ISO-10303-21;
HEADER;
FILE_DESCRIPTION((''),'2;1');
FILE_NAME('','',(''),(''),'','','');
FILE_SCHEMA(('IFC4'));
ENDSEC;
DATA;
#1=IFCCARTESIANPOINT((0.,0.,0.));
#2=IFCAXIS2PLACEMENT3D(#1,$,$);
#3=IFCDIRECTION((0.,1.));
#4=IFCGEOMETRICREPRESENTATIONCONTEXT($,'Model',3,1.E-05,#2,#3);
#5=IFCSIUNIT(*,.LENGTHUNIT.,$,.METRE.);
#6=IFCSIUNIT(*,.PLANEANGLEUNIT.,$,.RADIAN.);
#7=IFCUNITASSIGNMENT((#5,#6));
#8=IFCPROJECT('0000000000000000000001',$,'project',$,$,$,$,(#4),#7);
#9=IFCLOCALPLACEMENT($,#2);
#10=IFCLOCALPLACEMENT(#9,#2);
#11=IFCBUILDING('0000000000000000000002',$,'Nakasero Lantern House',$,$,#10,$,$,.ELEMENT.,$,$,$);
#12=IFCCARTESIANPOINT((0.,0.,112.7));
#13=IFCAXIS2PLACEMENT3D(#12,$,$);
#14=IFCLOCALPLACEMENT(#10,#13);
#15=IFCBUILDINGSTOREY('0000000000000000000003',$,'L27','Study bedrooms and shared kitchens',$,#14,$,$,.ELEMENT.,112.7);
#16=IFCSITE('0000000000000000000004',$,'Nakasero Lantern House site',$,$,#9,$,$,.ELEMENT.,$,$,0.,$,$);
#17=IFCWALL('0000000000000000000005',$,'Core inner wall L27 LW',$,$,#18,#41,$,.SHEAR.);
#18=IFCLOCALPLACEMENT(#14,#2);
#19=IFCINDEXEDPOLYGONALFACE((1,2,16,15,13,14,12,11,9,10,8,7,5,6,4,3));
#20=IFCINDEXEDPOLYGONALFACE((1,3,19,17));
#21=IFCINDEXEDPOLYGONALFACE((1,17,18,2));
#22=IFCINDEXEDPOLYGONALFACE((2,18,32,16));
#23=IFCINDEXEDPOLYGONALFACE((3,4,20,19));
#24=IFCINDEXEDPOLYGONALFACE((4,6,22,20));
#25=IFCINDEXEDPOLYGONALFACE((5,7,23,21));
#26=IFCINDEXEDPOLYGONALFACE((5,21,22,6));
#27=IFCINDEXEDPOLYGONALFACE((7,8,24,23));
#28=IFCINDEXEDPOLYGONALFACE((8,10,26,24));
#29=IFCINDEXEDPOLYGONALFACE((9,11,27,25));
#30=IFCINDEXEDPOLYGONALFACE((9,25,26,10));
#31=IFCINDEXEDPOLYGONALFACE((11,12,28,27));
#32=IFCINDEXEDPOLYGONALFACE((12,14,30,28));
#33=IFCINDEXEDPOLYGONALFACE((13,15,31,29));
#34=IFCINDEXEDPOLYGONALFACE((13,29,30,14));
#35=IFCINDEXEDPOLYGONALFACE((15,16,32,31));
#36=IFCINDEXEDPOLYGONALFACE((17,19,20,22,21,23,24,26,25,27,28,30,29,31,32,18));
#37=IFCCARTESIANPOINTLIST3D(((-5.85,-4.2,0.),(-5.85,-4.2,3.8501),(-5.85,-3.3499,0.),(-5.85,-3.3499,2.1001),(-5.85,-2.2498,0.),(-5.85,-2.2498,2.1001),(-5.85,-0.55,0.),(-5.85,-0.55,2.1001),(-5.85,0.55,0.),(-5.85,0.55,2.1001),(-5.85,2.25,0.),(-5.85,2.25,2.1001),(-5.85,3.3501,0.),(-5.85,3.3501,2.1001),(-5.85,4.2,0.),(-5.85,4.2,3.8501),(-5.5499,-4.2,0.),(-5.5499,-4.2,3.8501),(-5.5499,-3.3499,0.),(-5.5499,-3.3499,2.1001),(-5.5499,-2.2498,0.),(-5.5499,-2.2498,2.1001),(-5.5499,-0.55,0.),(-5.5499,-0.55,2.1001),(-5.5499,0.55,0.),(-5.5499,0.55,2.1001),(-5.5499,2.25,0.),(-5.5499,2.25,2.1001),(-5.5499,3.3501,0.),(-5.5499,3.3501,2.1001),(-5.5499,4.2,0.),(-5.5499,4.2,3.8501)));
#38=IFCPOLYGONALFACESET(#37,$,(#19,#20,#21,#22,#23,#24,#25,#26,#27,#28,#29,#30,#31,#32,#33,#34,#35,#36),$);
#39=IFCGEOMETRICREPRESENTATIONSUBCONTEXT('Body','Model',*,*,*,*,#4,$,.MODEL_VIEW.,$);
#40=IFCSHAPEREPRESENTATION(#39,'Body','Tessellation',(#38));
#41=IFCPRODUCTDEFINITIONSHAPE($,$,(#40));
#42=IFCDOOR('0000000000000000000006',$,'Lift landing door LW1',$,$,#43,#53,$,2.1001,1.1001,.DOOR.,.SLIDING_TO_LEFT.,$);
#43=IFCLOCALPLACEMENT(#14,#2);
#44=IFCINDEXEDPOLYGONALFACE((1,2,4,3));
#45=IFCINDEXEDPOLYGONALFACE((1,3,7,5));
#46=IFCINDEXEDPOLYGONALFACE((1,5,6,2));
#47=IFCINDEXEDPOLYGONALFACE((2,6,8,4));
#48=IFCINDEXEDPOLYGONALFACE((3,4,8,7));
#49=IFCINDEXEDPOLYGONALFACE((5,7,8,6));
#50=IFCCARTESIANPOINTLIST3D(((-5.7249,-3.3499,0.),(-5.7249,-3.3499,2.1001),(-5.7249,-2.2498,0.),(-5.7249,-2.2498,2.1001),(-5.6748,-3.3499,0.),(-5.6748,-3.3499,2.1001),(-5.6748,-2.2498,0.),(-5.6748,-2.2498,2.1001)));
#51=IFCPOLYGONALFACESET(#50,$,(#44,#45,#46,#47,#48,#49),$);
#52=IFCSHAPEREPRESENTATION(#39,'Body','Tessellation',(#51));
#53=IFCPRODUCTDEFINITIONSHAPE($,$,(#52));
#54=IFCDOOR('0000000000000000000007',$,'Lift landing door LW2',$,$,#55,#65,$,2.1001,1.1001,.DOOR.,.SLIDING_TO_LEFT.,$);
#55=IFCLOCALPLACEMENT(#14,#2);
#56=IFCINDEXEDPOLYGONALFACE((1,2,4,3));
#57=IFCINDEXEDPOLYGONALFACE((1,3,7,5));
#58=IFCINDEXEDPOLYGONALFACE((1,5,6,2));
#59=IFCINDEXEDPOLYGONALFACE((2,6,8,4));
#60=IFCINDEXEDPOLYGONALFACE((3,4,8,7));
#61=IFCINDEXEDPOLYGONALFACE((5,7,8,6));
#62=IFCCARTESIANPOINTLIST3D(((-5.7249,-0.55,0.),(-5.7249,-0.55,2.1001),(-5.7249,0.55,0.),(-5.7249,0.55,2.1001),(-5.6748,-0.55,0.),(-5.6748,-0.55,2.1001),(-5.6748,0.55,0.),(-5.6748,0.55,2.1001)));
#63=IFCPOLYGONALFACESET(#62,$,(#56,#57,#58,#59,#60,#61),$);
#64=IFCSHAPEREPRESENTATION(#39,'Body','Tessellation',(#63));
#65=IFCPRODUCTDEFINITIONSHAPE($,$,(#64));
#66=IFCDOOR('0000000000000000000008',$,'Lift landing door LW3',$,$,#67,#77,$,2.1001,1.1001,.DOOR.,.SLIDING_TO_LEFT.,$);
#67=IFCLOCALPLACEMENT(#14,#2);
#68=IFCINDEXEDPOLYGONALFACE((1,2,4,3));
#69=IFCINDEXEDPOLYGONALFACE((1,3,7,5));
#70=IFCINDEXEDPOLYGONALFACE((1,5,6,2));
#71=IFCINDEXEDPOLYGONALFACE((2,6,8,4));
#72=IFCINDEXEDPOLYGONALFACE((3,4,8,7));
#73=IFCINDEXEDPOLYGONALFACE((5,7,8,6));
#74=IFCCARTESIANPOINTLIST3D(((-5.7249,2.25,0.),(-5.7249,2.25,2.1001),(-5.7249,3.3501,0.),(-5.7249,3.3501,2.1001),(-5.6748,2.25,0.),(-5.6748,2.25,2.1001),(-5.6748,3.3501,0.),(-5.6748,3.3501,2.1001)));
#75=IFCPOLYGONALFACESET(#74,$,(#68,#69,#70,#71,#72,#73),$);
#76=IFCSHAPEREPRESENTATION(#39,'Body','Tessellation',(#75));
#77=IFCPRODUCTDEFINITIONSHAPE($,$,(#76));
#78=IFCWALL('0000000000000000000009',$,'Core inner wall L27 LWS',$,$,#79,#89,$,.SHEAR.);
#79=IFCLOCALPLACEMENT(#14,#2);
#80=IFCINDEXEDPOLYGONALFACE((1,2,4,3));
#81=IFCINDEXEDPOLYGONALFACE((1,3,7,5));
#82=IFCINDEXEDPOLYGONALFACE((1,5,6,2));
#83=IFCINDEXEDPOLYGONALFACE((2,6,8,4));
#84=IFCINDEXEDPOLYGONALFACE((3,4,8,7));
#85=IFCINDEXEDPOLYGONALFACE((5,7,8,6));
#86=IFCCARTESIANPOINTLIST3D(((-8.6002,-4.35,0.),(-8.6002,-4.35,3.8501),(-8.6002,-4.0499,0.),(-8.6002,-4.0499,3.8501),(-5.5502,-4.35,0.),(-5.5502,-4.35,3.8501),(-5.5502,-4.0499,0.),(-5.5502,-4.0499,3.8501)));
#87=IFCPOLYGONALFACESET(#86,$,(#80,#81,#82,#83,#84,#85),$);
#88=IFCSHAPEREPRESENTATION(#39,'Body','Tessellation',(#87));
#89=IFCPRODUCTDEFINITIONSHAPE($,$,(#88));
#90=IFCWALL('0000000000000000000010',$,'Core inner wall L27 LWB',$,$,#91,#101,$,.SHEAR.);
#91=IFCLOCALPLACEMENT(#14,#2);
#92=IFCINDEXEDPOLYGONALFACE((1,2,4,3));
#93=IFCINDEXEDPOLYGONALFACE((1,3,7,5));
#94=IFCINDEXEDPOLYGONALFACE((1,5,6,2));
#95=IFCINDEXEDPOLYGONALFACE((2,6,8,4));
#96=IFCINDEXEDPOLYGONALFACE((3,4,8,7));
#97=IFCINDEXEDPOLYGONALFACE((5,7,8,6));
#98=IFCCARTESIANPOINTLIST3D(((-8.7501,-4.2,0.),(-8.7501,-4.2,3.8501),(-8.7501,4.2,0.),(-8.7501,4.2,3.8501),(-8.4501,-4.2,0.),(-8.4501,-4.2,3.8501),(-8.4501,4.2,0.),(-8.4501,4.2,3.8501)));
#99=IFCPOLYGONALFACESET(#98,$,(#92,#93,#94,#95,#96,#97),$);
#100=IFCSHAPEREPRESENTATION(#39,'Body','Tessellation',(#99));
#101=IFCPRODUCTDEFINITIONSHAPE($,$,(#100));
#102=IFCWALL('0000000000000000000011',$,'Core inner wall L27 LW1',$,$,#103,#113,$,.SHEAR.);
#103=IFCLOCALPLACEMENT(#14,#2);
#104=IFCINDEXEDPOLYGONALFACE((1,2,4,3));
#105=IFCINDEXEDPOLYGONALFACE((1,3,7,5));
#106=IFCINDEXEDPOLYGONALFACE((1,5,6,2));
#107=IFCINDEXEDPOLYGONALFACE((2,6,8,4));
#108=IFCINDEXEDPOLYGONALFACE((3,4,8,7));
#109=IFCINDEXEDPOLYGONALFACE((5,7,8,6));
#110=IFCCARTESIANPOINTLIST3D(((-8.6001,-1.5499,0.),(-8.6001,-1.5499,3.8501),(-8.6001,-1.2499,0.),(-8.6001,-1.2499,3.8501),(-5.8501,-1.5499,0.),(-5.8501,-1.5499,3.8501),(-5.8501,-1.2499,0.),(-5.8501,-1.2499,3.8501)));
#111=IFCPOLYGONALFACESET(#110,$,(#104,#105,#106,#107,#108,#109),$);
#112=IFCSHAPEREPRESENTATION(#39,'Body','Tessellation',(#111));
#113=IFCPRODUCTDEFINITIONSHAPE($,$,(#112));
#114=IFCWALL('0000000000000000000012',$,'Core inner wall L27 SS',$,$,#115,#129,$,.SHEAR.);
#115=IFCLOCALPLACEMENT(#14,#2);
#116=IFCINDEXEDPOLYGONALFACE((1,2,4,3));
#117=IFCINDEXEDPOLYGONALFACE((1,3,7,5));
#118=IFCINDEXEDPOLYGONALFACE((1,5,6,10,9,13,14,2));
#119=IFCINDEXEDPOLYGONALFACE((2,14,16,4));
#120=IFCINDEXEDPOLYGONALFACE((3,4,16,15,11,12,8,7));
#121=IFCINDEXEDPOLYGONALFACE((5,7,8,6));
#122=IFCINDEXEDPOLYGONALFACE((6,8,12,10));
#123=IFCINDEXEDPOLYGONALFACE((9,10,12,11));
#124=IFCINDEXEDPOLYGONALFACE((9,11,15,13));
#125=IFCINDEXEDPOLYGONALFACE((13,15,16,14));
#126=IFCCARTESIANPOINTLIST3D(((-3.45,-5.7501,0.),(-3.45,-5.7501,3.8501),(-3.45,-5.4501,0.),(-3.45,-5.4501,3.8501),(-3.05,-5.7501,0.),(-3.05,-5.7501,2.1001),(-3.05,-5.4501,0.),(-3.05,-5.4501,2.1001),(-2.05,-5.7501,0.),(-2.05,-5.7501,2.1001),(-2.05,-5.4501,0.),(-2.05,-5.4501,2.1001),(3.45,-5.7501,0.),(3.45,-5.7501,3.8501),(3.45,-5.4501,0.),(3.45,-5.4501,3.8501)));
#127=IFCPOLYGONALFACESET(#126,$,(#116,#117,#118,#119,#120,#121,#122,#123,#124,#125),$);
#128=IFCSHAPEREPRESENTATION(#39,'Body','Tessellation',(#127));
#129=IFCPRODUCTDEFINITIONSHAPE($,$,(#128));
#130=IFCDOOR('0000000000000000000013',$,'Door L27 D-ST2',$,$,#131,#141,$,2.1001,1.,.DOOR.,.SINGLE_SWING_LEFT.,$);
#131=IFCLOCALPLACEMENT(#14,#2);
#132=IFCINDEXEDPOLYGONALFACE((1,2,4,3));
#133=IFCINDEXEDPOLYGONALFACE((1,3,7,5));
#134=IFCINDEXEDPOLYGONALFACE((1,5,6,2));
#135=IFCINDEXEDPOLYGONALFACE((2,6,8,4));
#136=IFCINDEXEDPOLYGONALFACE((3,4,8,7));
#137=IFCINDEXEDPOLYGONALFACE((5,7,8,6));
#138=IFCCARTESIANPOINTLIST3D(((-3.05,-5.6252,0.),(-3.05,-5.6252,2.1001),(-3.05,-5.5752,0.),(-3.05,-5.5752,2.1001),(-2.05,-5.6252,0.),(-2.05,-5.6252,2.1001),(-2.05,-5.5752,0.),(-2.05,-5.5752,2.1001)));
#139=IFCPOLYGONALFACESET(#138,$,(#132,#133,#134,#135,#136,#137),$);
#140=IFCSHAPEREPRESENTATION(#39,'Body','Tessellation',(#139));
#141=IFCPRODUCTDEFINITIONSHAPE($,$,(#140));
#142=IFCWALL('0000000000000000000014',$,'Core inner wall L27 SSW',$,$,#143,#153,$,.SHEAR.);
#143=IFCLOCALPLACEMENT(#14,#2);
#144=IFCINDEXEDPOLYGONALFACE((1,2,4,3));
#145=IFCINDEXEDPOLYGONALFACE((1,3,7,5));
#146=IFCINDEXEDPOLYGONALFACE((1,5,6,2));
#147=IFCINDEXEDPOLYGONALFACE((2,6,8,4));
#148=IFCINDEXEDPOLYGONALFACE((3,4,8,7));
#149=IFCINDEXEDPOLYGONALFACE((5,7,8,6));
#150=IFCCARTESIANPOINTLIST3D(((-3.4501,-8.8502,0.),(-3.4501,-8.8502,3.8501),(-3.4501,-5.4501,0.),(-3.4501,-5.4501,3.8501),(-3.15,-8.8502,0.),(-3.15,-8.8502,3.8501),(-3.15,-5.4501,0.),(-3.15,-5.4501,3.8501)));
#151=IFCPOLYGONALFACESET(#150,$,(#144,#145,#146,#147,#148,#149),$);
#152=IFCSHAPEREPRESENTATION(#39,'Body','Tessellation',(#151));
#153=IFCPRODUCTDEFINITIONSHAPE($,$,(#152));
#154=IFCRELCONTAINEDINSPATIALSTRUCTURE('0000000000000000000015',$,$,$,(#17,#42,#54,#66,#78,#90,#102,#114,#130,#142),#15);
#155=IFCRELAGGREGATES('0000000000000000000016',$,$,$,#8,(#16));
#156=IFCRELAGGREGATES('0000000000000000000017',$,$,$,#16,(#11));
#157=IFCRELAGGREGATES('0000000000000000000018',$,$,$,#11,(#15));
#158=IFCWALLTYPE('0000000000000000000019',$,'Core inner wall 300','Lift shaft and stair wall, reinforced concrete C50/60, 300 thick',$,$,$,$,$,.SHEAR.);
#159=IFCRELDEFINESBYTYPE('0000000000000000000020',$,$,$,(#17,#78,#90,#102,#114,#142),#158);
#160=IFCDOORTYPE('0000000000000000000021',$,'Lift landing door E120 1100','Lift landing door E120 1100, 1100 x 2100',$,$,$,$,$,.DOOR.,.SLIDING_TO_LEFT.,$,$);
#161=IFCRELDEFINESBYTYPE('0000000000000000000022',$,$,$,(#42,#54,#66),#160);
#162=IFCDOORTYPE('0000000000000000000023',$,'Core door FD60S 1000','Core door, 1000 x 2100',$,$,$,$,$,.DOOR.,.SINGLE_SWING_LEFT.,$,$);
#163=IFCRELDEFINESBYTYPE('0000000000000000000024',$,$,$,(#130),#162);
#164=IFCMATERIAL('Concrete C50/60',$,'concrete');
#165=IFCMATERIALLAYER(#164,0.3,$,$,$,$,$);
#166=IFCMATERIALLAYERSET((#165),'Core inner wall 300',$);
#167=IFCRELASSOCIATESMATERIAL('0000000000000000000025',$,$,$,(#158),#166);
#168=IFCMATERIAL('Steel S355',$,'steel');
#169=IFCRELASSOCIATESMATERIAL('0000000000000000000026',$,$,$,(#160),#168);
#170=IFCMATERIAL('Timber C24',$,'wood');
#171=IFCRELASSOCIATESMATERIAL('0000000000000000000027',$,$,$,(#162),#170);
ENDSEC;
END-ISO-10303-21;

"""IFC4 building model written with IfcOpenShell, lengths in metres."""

from ifc_helpers import new_model, si_unit, direction, frame, frame_2d, origin, place, context, subcontext, project, spatial, rectangle, extrude, material, layer, layer_set, type_object, element, fill, save


model = new_model("IFC4")

# Units and contexts
model_context = context("Model", 3, precision=1e-05, world=origin(), true_north=direction((0.0, 1.0)))
body_context = subcontext(model_context, "Body", "Model", "MODEL_VIEW")
ifc_project = project(units=[si_unit("LENGTHUNIT", "METRE"), si_unit("PLANEANGLEUNIT", "RADIAN")], contexts=[model_context])

# Site, building, storey
site_placement = place(None, origin())
site = spatial("IfcSite", under=ifc_project, at=site_placement, Name="Nakasero Lantern House site", CompositionType="ELEMENT", RefElevation=0.0)
building_placement = place(site_placement, origin())
building = spatial("IfcBuilding", under=site, at=building_placement, Name="Nakasero Lantern House", CompositionType="ELEMENT")
storey_placement = place(building_placement, frame((0.0, 0.0, 112.7)))
storey = spatial("IfcBuildingStorey", under=building, at=storey_placement, Name="L27", Description="Study bedrooms and shared kitchens", CompositionType="ELEMENT", Elevation=112.7)

# Wall, openings, doors
ifc_material_1 = material(Name="Concrete C50/60", Category="concrete")
ifc_layer_1 = layer(ifc_material_1, 0.3)
ifc_layer_set_1 = layer_set([ifc_layer_1], Name="Core inner wall 300")
wall_type_1 = type_object("IfcWallType", Name="Core inner wall 300", Description="Lift shaft and stair wall, reinforced concrete C50/60, 300 thick", PredefinedType="SHEAR", material=ifc_layer_set_1)
wall_1_placement = place(storey_placement, frame((-5.7, -4.2, 0.0), z_axis=(0.0, 0.0, 1.0), x_axis=(0.0, 1.0, 0.0)))
wall_1 = element("IfcWall", 1, at=wall_1_placement, inside=storey, type_object=wall_type_1, Name="Core inner wall L27 LW", PredefinedType="SHEAR", context=body_context, shape_type="SweptSolid", body=[
    extrude(rectangle(XDim=8.3999, YDim=0.3, at=frame_2d((4.2, 0.0))), origin(), (0.0, 0.0, 1.0), 3.8501),
])
opening_1_placement = place(wall_1_placement, frame((0.8501, 0.0, 0.0)))
opening_1 = element("IfcOpeningElement", 2, at=opening_1_placement, cuts=wall_1, PredefinedType="OPENING", context=body_context, shape_type="SweptSolid", body=[
    extrude(rectangle(XDim=1.1001, YDim=2.1001, at=frame_2d((0.55, 1.05))), frame((0.0, 0.1699, 0.0), z_axis=(0.0, -1.0, 0.0), x_axis=(1.0, 0.0, 0.0)), (0.0, 0.0, 1.0), 0.3401),
])
opening_2_placement = place(wall_1_placement, frame((3.6499, 0.0, 0.0)))
opening_2 = element("IfcOpeningElement", 3, at=opening_2_placement, cuts=wall_1, PredefinedType="OPENING", context=body_context, shape_type="SweptSolid", body=[
    extrude(rectangle(XDim=1.1001, YDim=2.1001, at=frame_2d((0.55, 1.05))), frame((0.0, 0.1699, 0.0), z_axis=(0.0, -1.0, 0.0), x_axis=(1.0, 0.0, 0.0)), (0.0, 0.0, 1.0), 0.3401),
])
opening_3_placement = place(wall_1_placement, frame((6.45, 0.0, 0.0)))
opening_3 = element("IfcOpeningElement", 4, at=opening_3_placement, cuts=wall_1, PredefinedType="OPENING", context=body_context, shape_type="SweptSolid", body=[
    extrude(rectangle(XDim=1.1001, YDim=2.1001, at=frame_2d((0.55, 1.05))), frame((0.0, 0.1699, 0.0), z_axis=(0.0, -1.0, 0.0), x_axis=(1.0, 0.0, 0.0)), (0.0, 0.0, 1.0), 0.3401),
])
ifc_material_2 = material(Name="Steel S355", Category="steel")
door_type_1 = type_object("IfcDoorType", Name="Lift landing door E120 1100", Description="Lift landing door E120 1100, 1100 x 2100", OperationType="SLIDING_TO_LEFT", PredefinedType="DOOR", material=ifc_material_2)
door_1_placement = place(opening_1_placement, origin())
door_1 = element("IfcDoor", 5, at=door_1_placement, inside=storey, type_object=door_type_1, Name="Lift landing door LW1", OperationType="SLIDING_TO_LEFT", OverallHeight=2.1001, OverallWidth=1.1001, PredefinedType="DOOR", context=body_context, shape_type="SweptSolid", body=[
    extrude(rectangle(XDim=1.1001, YDim=2.1001, at=frame_2d((0.55, 1.05))), frame((0.0, 0.0249, 0.0), z_axis=(0.0, -1.0, 0.0), x_axis=(1.0, 0.0, 0.0)), (0.0, 0.0, 1.0), 0.05),
])
fill(opening_1, door_1)
door_2_placement = place(opening_2_placement, origin())
door_2 = element("IfcDoor", 6, at=door_2_placement, inside=storey, type_object=door_type_1, Name="Lift landing door LW2", OperationType="SLIDING_TO_LEFT", OverallHeight=2.1001, OverallWidth=1.1001, PredefinedType="DOOR", context=body_context, shape_type="SweptSolid", body=[
    extrude(rectangle(XDim=1.1001, YDim=2.1001, at=frame_2d((0.55, 1.05))), frame((0.0, 0.0249, 0.0), z_axis=(0.0, -1.0, 0.0), x_axis=(1.0, 0.0, 0.0)), (0.0, 0.0, 1.0), 0.05),
])
fill(opening_2, door_2)
door_3_placement = place(opening_3_placement, origin())
door_3 = element("IfcDoor", 7, at=door_3_placement, inside=storey, type_object=door_type_1, Name="Lift landing door LW3", OperationType="SLIDING_TO_LEFT", OverallHeight=2.1001, OverallWidth=1.1001, PredefinedType="DOOR", context=body_context, shape_type="SweptSolid", body=[
    extrude(rectangle(XDim=1.1001, YDim=2.1001, at=frame_2d((0.55, 1.05))), frame((0.0, 0.0249, 0.0), z_axis=(0.0, -1.0, 0.0), x_axis=(1.0, 0.0, 0.0)), (0.0, 0.0, 1.0), 0.05),
])
fill(opening_3, door_3)

# Walls
wall_2_placement = place(storey_placement, frame((-8.6001, -4.2, 0.0), z_axis=(0.0, 0.0, 1.0), x_axis=(1.0, 0.0, 0.0)))
element("IfcWall", 8, at=wall_2_placement, inside=storey, type_object=wall_type_1, Name="Core inner wall L27 LWS", PredefinedType="SHEAR", context=body_context, shape_type="SweptSolid", body=[
    extrude(rectangle(XDim=3.05, YDim=0.3, at=frame_2d((1.5249, 0.0))), origin(), (0.0, 0.0, 1.0), 3.8501),
])
wall_3_placement = place(storey_placement, frame((-8.6001, -4.2, 0.0), z_axis=(0.0, 0.0, 1.0), x_axis=(0.0, 1.0, 0.0)))
element("IfcWall", 9, at=wall_3_placement, inside=storey, type_object=wall_type_1, Name="Core inner wall L27 LWB", PredefinedType="SHEAR", context=body_context, shape_type="SweptSolid", body=[
    extrude(rectangle(XDim=8.3999, YDim=0.3, at=frame_2d((4.2, 0.0))), origin(), (0.0, 0.0, 1.0), 3.8501),
])
wall_4_placement = place(storey_placement, frame((-8.6001, -1.3999, 0.0), z_axis=(0.0, 0.0, 1.0), x_axis=(1.0, 0.0, 0.0)))
element("IfcWall", 10, at=wall_4_placement, inside=storey, type_object=wall_type_1, Name="Core inner wall L27 LW1", PredefinedType="SHEAR", context=body_context, shape_type="SweptSolid", body=[
    extrude(rectangle(XDim=2.75, YDim=0.3, at=frame_2d((1.375, 0.0))), origin(), (0.0, 0.0, 1.0), 3.8501),
])

# Wall, opening, door
wall_5_placement = place(storey_placement, frame((-3.45, -5.6001, 0.0), z_axis=(0.0, 0.0, 1.0), x_axis=(1.0, 0.0, 0.0)))
wall_5 = element("IfcWall", 11, at=wall_5_placement, inside=storey, type_object=wall_type_1, Name="Core inner wall L27 SS", PredefinedType="SHEAR", context=body_context, shape_type="SweptSolid", body=[
    extrude(rectangle(XDim=6.8999, YDim=0.3, at=frame_2d((3.45, 0.0))), origin(), (0.0, 0.0, 1.0), 3.8501),
])
opening_4_placement = place(wall_5_placement, frame((0.3999, 0.0, 0.0)))
opening_4 = element("IfcOpeningElement", 12, at=opening_4_placement, cuts=wall_5, PredefinedType="OPENING", context=body_context, shape_type="SweptSolid", body=[
    extrude(rectangle(XDim=1.0, YDim=2.1001, at=frame_2d((0.5, 1.05))), frame((0.0, 0.1699, 0.0), z_axis=(0.0, -1.0, 0.0), x_axis=(1.0, 0.0, 0.0)), (0.0, 0.0, 1.0), 0.3401),
])
ifc_material_3 = material(Name="Timber C24", Category="wood")
door_type_2 = type_object("IfcDoorType", Name="Core door FD60S 1000", Description="Core door, 1000 x 2100", OperationType="SINGLE_SWING_LEFT", PredefinedType="DOOR", material=ifc_material_3)
door_4_placement = place(opening_4_placement, origin())
door_4 = element("IfcDoor", 13, at=door_4_placement, inside=storey, type_object=door_type_2, Name="Door L27 D-ST2", OperationType="SINGLE_SWING_LEFT", OverallHeight=2.1001, OverallWidth=1.0, PredefinedType="DOOR", context=body_context, shape_type="SweptSolid", body=[
    extrude(rectangle(XDim=1.0, YDim=2.1001, at=frame_2d((0.5, 1.05))), frame((0.0, 0.0249, 0.0), z_axis=(0.0, -1.0, 0.0), x_axis=(1.0, 0.0, 0.0)), (0.0, 0.0, 1.0), 0.05),
])
fill(opening_4, door_4)

# Wall
wall_6_placement = place(storey_placement, frame((-3.3, -5.45, 0.0), z_axis=(0.0, 0.0, 1.0), x_axis=(0.0, -1.0, 0.0)))
element("IfcWall", 14, at=wall_6_placement, inside=storey, type_object=wall_type_1, Name="Core inner wall L27 SSW", PredefinedType="SHEAR", context=body_context, shape_type="SweptSolid", body=[
    extrude(rectangle(XDim=3.4001, YDim=0.3, at=frame_2d((1.7002, 0.0))), origin(), (0.0, 0.0, 1.0), 3.8501),
])

save(model, "model.ifc")
